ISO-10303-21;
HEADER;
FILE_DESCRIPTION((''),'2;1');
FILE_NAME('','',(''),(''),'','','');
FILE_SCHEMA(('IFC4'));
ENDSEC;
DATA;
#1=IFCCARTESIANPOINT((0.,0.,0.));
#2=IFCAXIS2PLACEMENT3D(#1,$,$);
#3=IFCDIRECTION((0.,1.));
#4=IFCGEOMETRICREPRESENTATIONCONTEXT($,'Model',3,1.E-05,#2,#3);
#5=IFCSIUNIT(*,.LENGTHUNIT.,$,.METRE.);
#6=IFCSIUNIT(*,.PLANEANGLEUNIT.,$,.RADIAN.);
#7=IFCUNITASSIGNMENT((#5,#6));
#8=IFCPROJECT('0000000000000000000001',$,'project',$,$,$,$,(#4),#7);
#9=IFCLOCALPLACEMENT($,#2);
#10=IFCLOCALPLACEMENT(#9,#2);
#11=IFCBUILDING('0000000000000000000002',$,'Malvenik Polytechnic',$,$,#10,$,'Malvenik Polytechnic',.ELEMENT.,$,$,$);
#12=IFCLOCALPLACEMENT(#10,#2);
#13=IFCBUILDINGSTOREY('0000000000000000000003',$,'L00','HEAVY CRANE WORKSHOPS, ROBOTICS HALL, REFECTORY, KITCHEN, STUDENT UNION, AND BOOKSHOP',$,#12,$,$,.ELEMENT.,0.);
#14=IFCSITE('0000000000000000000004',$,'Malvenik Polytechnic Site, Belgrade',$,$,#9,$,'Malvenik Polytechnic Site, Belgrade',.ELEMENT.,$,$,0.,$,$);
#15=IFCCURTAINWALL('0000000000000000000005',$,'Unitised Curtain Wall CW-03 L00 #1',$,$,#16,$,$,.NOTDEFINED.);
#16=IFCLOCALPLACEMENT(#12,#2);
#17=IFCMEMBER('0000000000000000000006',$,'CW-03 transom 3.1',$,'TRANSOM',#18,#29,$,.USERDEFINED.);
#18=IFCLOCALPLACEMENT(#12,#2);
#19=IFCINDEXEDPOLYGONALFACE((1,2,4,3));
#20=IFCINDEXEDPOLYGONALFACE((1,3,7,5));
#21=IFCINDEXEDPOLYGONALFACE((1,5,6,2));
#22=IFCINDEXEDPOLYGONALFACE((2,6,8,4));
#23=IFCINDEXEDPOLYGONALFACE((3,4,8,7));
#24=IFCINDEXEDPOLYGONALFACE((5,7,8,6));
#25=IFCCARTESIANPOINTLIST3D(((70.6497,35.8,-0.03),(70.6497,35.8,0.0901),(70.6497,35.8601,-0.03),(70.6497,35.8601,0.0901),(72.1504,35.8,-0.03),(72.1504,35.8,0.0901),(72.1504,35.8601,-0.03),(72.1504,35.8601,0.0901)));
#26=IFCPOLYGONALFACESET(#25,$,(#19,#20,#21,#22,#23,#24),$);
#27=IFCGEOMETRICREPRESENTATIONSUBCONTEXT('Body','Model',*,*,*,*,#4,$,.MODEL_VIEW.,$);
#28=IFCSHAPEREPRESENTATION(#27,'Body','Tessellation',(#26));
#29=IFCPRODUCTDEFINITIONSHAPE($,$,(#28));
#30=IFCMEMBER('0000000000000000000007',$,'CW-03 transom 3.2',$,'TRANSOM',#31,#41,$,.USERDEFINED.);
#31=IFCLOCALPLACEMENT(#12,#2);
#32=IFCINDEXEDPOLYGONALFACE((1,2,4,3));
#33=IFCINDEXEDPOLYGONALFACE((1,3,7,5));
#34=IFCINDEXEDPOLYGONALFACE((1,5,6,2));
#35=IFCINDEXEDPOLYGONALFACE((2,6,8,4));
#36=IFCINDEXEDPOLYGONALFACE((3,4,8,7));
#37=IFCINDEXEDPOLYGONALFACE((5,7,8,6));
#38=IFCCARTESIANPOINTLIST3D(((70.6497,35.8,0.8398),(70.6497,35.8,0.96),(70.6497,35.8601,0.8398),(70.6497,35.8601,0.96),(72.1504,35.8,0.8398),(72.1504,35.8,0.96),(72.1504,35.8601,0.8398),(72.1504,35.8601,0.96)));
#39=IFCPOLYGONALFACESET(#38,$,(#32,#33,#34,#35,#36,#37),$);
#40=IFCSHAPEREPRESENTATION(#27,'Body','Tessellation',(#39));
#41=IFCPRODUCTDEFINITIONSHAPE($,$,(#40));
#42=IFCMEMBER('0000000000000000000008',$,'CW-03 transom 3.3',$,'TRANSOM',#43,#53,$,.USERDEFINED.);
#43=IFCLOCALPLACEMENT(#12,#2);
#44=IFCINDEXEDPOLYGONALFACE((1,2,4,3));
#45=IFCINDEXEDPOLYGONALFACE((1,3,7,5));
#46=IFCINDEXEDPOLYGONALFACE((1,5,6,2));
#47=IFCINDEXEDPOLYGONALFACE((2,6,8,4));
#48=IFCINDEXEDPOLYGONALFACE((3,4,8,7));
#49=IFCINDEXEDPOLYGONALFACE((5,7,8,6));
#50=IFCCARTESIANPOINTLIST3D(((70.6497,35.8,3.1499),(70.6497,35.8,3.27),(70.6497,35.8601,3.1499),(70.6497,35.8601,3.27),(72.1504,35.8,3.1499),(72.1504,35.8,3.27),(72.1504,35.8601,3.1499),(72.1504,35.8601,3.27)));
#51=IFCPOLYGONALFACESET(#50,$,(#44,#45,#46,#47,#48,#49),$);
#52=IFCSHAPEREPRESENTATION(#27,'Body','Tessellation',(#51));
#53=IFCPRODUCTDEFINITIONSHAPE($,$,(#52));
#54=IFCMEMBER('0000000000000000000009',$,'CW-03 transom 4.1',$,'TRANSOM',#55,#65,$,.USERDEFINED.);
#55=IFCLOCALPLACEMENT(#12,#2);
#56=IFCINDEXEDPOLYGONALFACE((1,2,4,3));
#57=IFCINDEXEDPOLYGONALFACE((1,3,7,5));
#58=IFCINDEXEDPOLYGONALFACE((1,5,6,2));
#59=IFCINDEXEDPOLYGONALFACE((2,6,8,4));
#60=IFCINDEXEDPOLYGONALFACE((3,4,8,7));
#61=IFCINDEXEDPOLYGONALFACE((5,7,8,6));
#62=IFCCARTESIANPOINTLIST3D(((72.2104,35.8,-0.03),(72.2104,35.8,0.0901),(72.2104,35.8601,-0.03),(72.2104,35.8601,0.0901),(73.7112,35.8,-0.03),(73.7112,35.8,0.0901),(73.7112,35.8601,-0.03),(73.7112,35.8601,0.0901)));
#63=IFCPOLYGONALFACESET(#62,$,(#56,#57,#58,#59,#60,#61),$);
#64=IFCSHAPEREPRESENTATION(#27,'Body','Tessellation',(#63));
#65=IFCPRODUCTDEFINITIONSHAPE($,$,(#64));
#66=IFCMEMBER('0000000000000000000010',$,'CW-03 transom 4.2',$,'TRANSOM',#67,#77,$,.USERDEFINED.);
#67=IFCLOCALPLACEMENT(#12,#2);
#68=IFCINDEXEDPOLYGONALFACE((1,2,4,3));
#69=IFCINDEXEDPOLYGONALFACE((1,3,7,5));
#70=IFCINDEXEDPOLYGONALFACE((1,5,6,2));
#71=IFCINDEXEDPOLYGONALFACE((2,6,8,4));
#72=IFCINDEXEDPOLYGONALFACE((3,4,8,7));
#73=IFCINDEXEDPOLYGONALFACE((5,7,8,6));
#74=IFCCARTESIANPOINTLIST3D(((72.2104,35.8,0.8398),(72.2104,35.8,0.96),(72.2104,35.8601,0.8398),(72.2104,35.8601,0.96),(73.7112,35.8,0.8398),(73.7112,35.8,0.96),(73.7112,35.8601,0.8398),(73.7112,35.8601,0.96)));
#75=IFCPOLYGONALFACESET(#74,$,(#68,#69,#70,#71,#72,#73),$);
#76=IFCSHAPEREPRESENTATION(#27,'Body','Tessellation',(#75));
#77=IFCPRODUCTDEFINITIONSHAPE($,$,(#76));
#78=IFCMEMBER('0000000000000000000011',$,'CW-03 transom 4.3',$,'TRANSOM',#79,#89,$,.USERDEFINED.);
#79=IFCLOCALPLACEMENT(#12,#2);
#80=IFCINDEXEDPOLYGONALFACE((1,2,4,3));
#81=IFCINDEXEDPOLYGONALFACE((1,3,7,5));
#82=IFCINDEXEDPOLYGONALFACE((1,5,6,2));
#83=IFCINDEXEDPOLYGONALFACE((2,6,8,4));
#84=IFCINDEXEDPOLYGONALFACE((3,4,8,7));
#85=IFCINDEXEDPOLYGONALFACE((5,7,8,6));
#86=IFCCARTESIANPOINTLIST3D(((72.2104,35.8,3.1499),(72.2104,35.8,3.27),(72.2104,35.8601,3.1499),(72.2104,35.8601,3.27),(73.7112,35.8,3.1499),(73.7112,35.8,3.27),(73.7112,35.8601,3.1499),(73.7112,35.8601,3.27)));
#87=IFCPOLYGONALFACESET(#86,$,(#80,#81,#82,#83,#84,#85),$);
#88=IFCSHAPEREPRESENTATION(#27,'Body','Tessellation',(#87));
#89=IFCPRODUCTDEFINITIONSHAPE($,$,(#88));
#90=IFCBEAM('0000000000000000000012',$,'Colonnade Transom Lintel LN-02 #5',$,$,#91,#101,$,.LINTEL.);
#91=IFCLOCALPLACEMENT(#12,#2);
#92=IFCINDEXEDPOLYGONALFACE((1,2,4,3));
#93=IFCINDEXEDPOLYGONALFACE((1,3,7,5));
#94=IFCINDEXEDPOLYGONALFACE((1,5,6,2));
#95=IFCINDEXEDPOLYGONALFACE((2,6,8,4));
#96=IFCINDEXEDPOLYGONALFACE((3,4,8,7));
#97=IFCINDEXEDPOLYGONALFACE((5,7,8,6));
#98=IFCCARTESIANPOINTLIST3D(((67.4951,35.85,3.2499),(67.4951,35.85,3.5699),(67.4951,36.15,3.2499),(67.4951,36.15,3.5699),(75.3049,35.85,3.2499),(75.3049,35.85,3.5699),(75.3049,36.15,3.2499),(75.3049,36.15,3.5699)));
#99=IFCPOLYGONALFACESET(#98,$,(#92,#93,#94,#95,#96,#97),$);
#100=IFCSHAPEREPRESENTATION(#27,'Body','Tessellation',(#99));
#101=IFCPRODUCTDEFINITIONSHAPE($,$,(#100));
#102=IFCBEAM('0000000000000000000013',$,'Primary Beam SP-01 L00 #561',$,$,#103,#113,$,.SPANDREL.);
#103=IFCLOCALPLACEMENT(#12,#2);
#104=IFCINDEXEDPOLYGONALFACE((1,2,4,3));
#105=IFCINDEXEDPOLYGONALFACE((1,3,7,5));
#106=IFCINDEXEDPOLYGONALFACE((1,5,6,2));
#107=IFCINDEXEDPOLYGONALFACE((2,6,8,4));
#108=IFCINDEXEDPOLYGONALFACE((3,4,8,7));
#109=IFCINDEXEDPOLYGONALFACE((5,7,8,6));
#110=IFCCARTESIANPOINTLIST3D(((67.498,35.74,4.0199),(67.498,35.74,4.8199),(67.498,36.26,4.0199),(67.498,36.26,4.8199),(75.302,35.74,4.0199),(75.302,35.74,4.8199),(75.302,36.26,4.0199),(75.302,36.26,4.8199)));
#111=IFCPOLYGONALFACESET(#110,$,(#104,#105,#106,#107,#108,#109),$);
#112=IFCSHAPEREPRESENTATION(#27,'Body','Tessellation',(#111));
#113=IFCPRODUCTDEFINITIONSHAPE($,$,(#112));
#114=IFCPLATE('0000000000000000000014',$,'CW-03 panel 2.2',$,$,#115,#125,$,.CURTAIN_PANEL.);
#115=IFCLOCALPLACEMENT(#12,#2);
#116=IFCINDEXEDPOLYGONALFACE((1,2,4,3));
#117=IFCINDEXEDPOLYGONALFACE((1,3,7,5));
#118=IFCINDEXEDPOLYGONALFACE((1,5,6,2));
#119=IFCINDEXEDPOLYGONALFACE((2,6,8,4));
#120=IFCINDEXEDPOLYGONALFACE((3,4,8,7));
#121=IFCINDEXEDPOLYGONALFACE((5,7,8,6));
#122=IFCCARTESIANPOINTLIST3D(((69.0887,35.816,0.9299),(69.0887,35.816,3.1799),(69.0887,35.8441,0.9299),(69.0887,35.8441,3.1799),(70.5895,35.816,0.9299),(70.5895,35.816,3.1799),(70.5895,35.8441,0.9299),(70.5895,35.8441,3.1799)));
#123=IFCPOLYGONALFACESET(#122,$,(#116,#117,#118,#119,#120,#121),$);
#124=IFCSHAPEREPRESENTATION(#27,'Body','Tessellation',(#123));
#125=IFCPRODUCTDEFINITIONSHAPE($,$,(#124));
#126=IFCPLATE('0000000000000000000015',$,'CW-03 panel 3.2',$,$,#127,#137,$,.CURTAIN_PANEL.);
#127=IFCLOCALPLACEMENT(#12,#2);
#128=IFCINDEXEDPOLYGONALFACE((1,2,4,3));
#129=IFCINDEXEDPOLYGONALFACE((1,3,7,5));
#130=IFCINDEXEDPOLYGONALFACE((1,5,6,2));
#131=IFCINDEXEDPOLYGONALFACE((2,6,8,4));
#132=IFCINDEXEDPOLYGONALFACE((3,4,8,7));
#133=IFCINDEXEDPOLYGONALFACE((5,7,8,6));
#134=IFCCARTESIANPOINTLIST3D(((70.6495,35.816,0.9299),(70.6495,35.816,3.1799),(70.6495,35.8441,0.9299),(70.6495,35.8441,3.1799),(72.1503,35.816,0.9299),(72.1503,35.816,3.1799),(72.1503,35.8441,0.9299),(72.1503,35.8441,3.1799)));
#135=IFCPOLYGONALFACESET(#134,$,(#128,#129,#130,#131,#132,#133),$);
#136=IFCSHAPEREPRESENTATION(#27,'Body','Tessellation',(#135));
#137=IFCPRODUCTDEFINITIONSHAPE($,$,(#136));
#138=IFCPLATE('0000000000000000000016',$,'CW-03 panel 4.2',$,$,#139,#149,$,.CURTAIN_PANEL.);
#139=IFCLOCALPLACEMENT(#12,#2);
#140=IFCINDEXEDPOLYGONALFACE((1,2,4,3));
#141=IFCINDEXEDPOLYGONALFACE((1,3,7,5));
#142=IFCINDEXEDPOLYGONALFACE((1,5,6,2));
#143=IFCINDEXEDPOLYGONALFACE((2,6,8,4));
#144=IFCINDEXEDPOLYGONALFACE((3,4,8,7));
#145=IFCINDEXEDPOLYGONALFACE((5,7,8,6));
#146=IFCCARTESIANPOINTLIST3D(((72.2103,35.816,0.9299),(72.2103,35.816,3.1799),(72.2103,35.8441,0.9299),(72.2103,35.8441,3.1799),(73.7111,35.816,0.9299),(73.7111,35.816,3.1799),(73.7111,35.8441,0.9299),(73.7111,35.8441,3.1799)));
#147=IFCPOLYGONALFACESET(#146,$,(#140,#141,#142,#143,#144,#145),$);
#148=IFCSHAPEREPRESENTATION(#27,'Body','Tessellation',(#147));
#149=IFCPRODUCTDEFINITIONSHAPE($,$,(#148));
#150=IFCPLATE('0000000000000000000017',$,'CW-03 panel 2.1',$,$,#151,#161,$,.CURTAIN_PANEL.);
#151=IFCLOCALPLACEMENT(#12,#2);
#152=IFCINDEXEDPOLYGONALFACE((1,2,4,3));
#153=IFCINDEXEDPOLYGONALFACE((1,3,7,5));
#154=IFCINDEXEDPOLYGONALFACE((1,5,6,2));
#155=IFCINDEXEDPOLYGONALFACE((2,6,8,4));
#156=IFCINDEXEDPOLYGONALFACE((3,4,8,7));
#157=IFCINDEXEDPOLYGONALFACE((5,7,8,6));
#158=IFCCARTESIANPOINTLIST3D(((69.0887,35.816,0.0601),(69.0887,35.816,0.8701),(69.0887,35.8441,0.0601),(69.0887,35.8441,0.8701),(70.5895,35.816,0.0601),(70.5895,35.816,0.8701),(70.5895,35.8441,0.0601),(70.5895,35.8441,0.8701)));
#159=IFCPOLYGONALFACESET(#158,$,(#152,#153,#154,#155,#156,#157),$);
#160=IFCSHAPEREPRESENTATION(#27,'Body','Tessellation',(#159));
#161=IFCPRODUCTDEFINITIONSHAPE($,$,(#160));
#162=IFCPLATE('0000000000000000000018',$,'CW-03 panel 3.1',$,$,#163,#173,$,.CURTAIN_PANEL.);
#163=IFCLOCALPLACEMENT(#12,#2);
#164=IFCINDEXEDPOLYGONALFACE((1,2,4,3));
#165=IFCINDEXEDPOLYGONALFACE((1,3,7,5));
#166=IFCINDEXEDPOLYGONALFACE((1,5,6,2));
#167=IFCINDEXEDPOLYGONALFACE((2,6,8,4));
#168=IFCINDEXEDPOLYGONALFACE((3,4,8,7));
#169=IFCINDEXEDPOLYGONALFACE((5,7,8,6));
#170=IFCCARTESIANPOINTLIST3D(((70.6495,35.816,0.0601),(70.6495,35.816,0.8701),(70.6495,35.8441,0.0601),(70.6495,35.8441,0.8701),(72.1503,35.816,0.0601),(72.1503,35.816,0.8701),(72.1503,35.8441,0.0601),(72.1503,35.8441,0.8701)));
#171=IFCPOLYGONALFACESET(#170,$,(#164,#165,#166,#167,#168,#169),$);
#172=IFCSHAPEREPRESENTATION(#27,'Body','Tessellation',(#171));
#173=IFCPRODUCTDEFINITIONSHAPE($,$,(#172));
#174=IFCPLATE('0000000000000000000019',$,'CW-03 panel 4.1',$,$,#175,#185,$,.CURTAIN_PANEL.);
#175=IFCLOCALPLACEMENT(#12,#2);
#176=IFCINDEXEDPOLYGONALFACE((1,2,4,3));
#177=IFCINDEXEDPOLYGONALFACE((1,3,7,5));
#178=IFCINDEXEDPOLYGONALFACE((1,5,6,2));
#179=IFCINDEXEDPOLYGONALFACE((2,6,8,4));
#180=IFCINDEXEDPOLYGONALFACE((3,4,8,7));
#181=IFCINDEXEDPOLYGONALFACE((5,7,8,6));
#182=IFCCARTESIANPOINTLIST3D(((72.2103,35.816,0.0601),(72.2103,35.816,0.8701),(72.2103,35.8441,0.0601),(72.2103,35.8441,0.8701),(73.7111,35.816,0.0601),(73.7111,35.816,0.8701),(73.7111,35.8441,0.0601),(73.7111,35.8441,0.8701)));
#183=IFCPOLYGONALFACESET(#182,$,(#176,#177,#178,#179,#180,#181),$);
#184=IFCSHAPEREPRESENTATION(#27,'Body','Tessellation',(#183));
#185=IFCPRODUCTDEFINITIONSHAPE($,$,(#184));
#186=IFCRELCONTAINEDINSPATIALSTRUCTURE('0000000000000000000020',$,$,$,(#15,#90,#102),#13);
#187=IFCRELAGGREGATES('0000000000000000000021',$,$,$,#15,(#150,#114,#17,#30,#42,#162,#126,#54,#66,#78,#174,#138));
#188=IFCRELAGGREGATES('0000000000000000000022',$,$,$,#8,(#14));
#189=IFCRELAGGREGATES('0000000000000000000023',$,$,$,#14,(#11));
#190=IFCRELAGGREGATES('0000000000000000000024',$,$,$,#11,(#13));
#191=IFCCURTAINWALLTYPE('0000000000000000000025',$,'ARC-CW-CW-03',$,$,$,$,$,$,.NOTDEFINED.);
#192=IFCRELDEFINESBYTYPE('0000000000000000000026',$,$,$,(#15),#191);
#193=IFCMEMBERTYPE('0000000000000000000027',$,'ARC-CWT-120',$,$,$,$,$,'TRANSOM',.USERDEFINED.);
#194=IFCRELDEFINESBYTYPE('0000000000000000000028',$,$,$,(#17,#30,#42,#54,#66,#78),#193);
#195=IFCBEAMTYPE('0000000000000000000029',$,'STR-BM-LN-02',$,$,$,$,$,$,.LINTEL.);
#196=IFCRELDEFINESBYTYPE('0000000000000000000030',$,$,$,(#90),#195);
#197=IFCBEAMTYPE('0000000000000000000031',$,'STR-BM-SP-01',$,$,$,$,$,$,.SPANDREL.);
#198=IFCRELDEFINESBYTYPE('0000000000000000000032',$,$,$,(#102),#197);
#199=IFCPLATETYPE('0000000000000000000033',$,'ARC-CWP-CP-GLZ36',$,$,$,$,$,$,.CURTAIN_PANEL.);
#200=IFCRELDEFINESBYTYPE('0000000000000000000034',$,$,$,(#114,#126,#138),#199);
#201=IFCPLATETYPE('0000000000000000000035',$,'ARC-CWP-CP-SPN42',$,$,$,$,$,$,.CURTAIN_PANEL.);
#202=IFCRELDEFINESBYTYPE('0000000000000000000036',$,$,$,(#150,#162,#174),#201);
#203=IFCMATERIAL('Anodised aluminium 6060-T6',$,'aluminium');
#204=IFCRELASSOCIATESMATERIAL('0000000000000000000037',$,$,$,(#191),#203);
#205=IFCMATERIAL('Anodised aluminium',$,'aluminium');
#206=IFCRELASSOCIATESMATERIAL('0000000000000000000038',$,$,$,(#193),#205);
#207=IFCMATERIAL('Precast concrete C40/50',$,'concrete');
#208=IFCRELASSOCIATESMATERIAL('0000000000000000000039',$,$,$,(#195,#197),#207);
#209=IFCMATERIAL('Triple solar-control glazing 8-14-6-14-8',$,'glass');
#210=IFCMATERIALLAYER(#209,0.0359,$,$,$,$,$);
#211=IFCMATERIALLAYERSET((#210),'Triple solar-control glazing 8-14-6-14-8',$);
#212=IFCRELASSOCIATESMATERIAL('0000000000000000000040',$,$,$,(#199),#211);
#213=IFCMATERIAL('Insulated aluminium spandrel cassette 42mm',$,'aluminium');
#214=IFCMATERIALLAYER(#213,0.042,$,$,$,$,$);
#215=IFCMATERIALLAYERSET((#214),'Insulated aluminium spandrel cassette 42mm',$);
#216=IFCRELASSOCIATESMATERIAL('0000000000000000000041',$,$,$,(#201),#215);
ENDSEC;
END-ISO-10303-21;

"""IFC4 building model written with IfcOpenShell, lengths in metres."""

from ifc_helpers import new_model, si_unit, direction, frame, origin, origin_2d, place, context, subcontext, project, spatial, rectangle, extrude, material, layer, layer_set, material_profile, profile_set, type_object, element, aggregate, save


model = new_model("IFC4")

# Units and contexts
model_context = context("Model", 3, precision=1e-05, world=origin(), true_north=direction((0.0, 1.0)))
body_context = subcontext(model_context, "Body", "Model", "MODEL_VIEW")
ifc_project = project(units=[si_unit("LENGTHUNIT", "METRE"), si_unit("PLANEANGLEUNIT", "RADIAN")], contexts=[model_context])

# Site, building, storey
site_placement = place(None, origin())
site = spatial("IfcSite", under=ifc_project, at=site_placement, Name="Malvenik Polytechnic Site, Belgrade", LongName="Malvenik Polytechnic Site, Belgrade", CompositionType="ELEMENT", RefElevation=0.0)
building_placement = place(site_placement, origin())
building = spatial("IfcBuilding", under=site, at=building_placement, Name="Malvenik Polytechnic", LongName="Malvenik Polytechnic", CompositionType="ELEMENT")
storey_placement = place(building_placement, origin())
storey = spatial("IfcBuildingStorey", under=building, at=storey_placement, Name="L00", Description="HEAVY CRANE WORKSHOPS, ROBOTICS HALL, REFECTORY, KITCHEN, STUDENT UNION, AND BOOKSHOP", CompositionType="ELEMENT", Elevation=0.0)

# Curtain wall, members
ifc_material_1 = material(Name="Anodised aluminium 6060-T6", Category="aluminium")
curtain_wall_type = type_object("IfcCurtainWallType", Name="ARC-CW-CW-03", PredefinedType="NOTDEFINED", material=ifc_material_1)
curtain_wall_placement = place(storey_placement, origin())
curtain_wall = element("IfcCurtainWall", 1, at=curtain_wall_placement, inside=storey, type_object=curtain_wall_type, Name="Unitised Curtain Wall CW-03 L00 #1", PredefinedType="NOTDEFINED")
ifc_material_2 = material(Name="Anodised aluminium", Category="aluminium")
ifc_material_profile_1 = material_profile(ifc_material_2, rectangle(XDim=0.0601, YDim=0.1201, at=origin_2d()), Name="ALU TRANSOM 60x120")
ifc_profile_set_1 = profile_set([ifc_material_profile_1], Name="Anodised aluminium")
member_type_1 = type_object("IfcMemberType", Name="ARC-CWT-120", ElementType="TRANSOM", PredefinedType="USERDEFINED", material=ifc_profile_set_1)
member_1_placement = place(storey_placement, frame((70.6497, 35.8301, 0.03), z_axis=(1.0, 0.0, 0.0), x_axis=(0.0, 1.0, 0.0)))
member_1 = element("IfcMember", 2, at=member_1_placement, type_object=member_type_1, Name="CW-03 transom 3.1", ObjectType="TRANSOM", PredefinedType="USERDEFINED", context=body_context, shape_type="SweptSolid", body=[
    extrude(rectangle(XDim=0.0601, YDim=0.1201, at=origin_2d()), origin(), (0.0, 0.0, 1.0), 1.5007),
])
member_2_placement = place(storey_placement, frame((70.6497, 35.8301, 0.8999), z_axis=(1.0, 0.0, 0.0), x_axis=(0.0, 1.0, 0.0)))
member_2 = element("IfcMember", 3, at=member_2_placement, type_object=member_type_1, Name="CW-03 transom 3.2", ObjectType="TRANSOM", PredefinedType="USERDEFINED", context=body_context, shape_type="SweptSolid", body=[
    extrude(rectangle(XDim=0.0601, YDim=0.1201, at=origin_2d()), origin(), (0.0, 0.0, 1.0), 1.5007),
])
member_3_placement = place(storey_placement, frame((70.6497, 35.8301, 3.21), z_axis=(1.0, 0.0, 0.0), x_axis=(0.0, 1.0, 0.0)))
member_3 = element("IfcMember", 4, at=member_3_placement, type_object=member_type_1, Name="CW-03 transom 3.3", ObjectType="TRANSOM", PredefinedType="USERDEFINED", context=body_context, shape_type="SweptSolid", body=[
    extrude(rectangle(XDim=0.0601, YDim=0.1201, at=origin_2d()), origin(), (0.0, 0.0, 1.0), 1.5007),
])
member_4_placement = place(storey_placement, frame((72.2104, 35.8301, 0.03), z_axis=(1.0, 0.0, 0.0), x_axis=(0.0, 1.0, 0.0)))
member_4 = element("IfcMember", 5, at=member_4_placement, type_object=member_type_1, Name="CW-03 transom 4.1", ObjectType="TRANSOM", PredefinedType="USERDEFINED", context=body_context, shape_type="SweptSolid", body=[
    extrude(rectangle(XDim=0.0601, YDim=0.1201, at=origin_2d()), origin(), (0.0, 0.0, 1.0), 1.5007),
])
member_5_placement = place(storey_placement, frame((72.2104, 35.8301, 0.8999), z_axis=(1.0, 0.0, 0.0), x_axis=(0.0, 1.0, 0.0)))
member_5 = element("IfcMember", 6, at=member_5_placement, type_object=member_type_1, Name="CW-03 transom 4.2", ObjectType="TRANSOM", PredefinedType="USERDEFINED", context=body_context, shape_type="SweptSolid", body=[
    extrude(rectangle(XDim=0.0601, YDim=0.1201, at=origin_2d()), origin(), (0.0, 0.0, 1.0), 1.5007),
])
member_6_placement = place(storey_placement, frame((72.2104, 35.8301, 3.21), z_axis=(1.0, 0.0, 0.0), x_axis=(0.0, 1.0, 0.0)))
member_6 = element("IfcMember", 7, at=member_6_placement, type_object=member_type_1, Name="CW-03 transom 4.3", ObjectType="TRANSOM", PredefinedType="USERDEFINED", context=body_context, shape_type="SweptSolid", body=[
    extrude(rectangle(XDim=0.0601, YDim=0.1201, at=origin_2d()), origin(), (0.0, 0.0, 1.0), 1.5007),
])

# Beams
ifc_material_3 = material(Name="Precast concrete C40/50", Category="concrete")
ifc_material_profile_2 = material_profile(ifc_material_3, rectangle(XDim=0.3, YDim=0.3201, at=origin_2d()), Name="PC LNT 300x320")
ifc_profile_set_2 = profile_set([ifc_material_profile_2], Name="Precast concrete C40/50")
beam_type_1 = type_object("IfcBeamType", Name="STR-BM-LN-02", PredefinedType="LINTEL", material=ifc_profile_set_2)
beam_1_placement = place(storey_placement, frame((67.4951, 36.0, 3.4099), z_axis=(1.0, 0.0, 0.0), x_axis=(0.0, 1.0, 0.0)))
element("IfcBeam", 8, at=beam_1_placement, inside=storey, type_object=beam_type_1, Name="Colonnade Transom Lintel LN-02 #5", PredefinedType="LINTEL", context=body_context, shape_type="SweptSolid", body=[
    extrude(rectangle(XDim=0.3, YDim=0.3201, at=origin_2d()), origin(), (0.0, 0.0, 1.0), 7.8098),
])
ifc_material_profile_3 = material_profile(ifc_material_3, rectangle(XDim=0.52, YDim=0.8, at=origin_2d()), Name="PC SPN 520x800")
ifc_profile_set_3 = profile_set([ifc_material_profile_3], Name="Precast concrete C40/50")
beam_type_2 = type_object("IfcBeamType", Name="STR-BM-SP-01", PredefinedType="SPANDREL", material=ifc_profile_set_3)
beam_2_placement = place(storey_placement, frame((67.498, 36.0, 4.4199), z_axis=(1.0, 0.0, 0.0), x_axis=(0.0, 1.0, 0.0)))
element("IfcBeam", 9, at=beam_2_placement, inside=storey, type_object=beam_type_2, Name="Primary Beam SP-01 L00 #561", PredefinedType="SPANDREL", context=body_context, shape_type="SweptSolid", body=[
    extrude(rectangle(XDim=0.52, YDim=0.8, at=origin_2d()), origin(), (0.0, 0.0, 1.0), 7.804),
])

# Plates
ifc_material_4 = material(Name="Triple solar-control glazing 8-14-6-14-8", Category="glass")
ifc_layer_1 = layer(ifc_material_4, 0.0359)
ifc_layer_set_1 = layer_set([ifc_layer_1], Name="Triple solar-control glazing 8-14-6-14-8")
plate_type_1 = type_object("IfcPlateType", Name="ARC-CWP-CP-GLZ36", PredefinedType="CURTAIN_PANEL", material=ifc_layer_set_1)
plate_1_placement = place(storey_placement, frame((69.8391, 35.8301, 0.9299), z_axis=(0.0, 0.0, 1.0), x_axis=(1.0, 0.0, 0.0)))
plate_1 = element("IfcPlate", 10, at=plate_1_placement, type_object=plate_type_1, Name="CW-03 panel 2.2", PredefinedType="CURTAIN_PANEL", context=body_context, shape_type="SweptSolid", body=[
    extrude(rectangle(XDim=1.5007, YDim=0.0281, at=origin_2d()), origin(), (0.0, 0.0, 1.0), 2.25),
])
plate_2_placement = place(storey_placement, frame((71.3999, 35.8301, 0.9299), z_axis=(0.0, 0.0, 1.0), x_axis=(1.0, 0.0, 0.0)))
plate_2 = element("IfcPlate", 11, at=plate_2_placement, type_object=plate_type_1, Name="CW-03 panel 3.2", PredefinedType="CURTAIN_PANEL", context=body_context, shape_type="SweptSolid", body=[
    extrude(rectangle(XDim=1.5007, YDim=0.0281, at=origin_2d()), origin(), (0.0, 0.0, 1.0), 2.25),
])
plate_3_placement = place(storey_placement, frame((72.9607, 35.8301, 0.9299), z_axis=(0.0, 0.0, 1.0), x_axis=(1.0, 0.0, 0.0)))
plate_3 = element("IfcPlate", 12, at=plate_3_placement, type_object=plate_type_1, Name="CW-03 panel 4.2", PredefinedType="CURTAIN_PANEL", context=body_context, shape_type="SweptSolid", body=[
    extrude(rectangle(XDim=1.5007, YDim=0.0281, at=origin_2d()), origin(), (0.0, 0.0, 1.0), 2.25),
])
ifc_material_5 = material(Name="Insulated aluminium spandrel cassette 42mm", Category="aluminium")
ifc_layer_2 = layer(ifc_material_5, 0.042)
ifc_layer_set_2 = layer_set([ifc_layer_2], Name="Insulated aluminium spandrel cassette 42mm")
plate_type_2 = type_object("IfcPlateType", Name="ARC-CWP-CP-SPN42", PredefinedType="CURTAIN_PANEL", material=ifc_layer_set_2)
plate_4_placement = place(storey_placement, frame((69.8391, 35.8301, 0.0601), z_axis=(0.0, 0.0, 1.0), x_axis=(1.0, 0.0, 0.0)))
plate_4 = element("IfcPlate", 13, at=plate_4_placement, type_object=plate_type_2, Name="CW-03 panel 2.1", PredefinedType="CURTAIN_PANEL", context=body_context, shape_type="SweptSolid", body=[
    extrude(rectangle(XDim=1.5007, YDim=0.0281, at=origin_2d()), origin(), (0.0, 0.0, 1.0), 0.8101),
])
plate_5_placement = place(storey_placement, frame((71.3999, 35.8301, 0.0601), z_axis=(0.0, 0.0, 1.0), x_axis=(1.0, 0.0, 0.0)))
plate_5 = element("IfcPlate", 14, at=plate_5_placement, type_object=plate_type_2, Name="CW-03 panel 3.1", PredefinedType="CURTAIN_PANEL", context=body_context, shape_type="SweptSolid", body=[
    extrude(rectangle(XDim=1.5007, YDim=0.0281, at=origin_2d()), origin(), (0.0, 0.0, 1.0), 0.8101),
])
plate_6_placement = place(storey_placement, frame((72.9607, 35.8301, 0.0601), z_axis=(0.0, 0.0, 1.0), x_axis=(1.0, 0.0, 0.0)))
plate_6 = element("IfcPlate", 15, at=plate_6_placement, type_object=plate_type_2, Name="CW-03 panel 4.1", PredefinedType="CURTAIN_PANEL", context=body_context, shape_type="SweptSolid", body=[
    extrude(rectangle(XDim=1.5007, YDim=0.0281, at=origin_2d()), origin(), (0.0, 0.0, 1.0), 0.8101),
])
aggregate(curtain_wall, [plate_4, plate_1, member_1, member_2, member_3, plate_5, plate_2, member_4, member_5, member_6, plate_6, plate_3])

save(model, "model.ifc")
